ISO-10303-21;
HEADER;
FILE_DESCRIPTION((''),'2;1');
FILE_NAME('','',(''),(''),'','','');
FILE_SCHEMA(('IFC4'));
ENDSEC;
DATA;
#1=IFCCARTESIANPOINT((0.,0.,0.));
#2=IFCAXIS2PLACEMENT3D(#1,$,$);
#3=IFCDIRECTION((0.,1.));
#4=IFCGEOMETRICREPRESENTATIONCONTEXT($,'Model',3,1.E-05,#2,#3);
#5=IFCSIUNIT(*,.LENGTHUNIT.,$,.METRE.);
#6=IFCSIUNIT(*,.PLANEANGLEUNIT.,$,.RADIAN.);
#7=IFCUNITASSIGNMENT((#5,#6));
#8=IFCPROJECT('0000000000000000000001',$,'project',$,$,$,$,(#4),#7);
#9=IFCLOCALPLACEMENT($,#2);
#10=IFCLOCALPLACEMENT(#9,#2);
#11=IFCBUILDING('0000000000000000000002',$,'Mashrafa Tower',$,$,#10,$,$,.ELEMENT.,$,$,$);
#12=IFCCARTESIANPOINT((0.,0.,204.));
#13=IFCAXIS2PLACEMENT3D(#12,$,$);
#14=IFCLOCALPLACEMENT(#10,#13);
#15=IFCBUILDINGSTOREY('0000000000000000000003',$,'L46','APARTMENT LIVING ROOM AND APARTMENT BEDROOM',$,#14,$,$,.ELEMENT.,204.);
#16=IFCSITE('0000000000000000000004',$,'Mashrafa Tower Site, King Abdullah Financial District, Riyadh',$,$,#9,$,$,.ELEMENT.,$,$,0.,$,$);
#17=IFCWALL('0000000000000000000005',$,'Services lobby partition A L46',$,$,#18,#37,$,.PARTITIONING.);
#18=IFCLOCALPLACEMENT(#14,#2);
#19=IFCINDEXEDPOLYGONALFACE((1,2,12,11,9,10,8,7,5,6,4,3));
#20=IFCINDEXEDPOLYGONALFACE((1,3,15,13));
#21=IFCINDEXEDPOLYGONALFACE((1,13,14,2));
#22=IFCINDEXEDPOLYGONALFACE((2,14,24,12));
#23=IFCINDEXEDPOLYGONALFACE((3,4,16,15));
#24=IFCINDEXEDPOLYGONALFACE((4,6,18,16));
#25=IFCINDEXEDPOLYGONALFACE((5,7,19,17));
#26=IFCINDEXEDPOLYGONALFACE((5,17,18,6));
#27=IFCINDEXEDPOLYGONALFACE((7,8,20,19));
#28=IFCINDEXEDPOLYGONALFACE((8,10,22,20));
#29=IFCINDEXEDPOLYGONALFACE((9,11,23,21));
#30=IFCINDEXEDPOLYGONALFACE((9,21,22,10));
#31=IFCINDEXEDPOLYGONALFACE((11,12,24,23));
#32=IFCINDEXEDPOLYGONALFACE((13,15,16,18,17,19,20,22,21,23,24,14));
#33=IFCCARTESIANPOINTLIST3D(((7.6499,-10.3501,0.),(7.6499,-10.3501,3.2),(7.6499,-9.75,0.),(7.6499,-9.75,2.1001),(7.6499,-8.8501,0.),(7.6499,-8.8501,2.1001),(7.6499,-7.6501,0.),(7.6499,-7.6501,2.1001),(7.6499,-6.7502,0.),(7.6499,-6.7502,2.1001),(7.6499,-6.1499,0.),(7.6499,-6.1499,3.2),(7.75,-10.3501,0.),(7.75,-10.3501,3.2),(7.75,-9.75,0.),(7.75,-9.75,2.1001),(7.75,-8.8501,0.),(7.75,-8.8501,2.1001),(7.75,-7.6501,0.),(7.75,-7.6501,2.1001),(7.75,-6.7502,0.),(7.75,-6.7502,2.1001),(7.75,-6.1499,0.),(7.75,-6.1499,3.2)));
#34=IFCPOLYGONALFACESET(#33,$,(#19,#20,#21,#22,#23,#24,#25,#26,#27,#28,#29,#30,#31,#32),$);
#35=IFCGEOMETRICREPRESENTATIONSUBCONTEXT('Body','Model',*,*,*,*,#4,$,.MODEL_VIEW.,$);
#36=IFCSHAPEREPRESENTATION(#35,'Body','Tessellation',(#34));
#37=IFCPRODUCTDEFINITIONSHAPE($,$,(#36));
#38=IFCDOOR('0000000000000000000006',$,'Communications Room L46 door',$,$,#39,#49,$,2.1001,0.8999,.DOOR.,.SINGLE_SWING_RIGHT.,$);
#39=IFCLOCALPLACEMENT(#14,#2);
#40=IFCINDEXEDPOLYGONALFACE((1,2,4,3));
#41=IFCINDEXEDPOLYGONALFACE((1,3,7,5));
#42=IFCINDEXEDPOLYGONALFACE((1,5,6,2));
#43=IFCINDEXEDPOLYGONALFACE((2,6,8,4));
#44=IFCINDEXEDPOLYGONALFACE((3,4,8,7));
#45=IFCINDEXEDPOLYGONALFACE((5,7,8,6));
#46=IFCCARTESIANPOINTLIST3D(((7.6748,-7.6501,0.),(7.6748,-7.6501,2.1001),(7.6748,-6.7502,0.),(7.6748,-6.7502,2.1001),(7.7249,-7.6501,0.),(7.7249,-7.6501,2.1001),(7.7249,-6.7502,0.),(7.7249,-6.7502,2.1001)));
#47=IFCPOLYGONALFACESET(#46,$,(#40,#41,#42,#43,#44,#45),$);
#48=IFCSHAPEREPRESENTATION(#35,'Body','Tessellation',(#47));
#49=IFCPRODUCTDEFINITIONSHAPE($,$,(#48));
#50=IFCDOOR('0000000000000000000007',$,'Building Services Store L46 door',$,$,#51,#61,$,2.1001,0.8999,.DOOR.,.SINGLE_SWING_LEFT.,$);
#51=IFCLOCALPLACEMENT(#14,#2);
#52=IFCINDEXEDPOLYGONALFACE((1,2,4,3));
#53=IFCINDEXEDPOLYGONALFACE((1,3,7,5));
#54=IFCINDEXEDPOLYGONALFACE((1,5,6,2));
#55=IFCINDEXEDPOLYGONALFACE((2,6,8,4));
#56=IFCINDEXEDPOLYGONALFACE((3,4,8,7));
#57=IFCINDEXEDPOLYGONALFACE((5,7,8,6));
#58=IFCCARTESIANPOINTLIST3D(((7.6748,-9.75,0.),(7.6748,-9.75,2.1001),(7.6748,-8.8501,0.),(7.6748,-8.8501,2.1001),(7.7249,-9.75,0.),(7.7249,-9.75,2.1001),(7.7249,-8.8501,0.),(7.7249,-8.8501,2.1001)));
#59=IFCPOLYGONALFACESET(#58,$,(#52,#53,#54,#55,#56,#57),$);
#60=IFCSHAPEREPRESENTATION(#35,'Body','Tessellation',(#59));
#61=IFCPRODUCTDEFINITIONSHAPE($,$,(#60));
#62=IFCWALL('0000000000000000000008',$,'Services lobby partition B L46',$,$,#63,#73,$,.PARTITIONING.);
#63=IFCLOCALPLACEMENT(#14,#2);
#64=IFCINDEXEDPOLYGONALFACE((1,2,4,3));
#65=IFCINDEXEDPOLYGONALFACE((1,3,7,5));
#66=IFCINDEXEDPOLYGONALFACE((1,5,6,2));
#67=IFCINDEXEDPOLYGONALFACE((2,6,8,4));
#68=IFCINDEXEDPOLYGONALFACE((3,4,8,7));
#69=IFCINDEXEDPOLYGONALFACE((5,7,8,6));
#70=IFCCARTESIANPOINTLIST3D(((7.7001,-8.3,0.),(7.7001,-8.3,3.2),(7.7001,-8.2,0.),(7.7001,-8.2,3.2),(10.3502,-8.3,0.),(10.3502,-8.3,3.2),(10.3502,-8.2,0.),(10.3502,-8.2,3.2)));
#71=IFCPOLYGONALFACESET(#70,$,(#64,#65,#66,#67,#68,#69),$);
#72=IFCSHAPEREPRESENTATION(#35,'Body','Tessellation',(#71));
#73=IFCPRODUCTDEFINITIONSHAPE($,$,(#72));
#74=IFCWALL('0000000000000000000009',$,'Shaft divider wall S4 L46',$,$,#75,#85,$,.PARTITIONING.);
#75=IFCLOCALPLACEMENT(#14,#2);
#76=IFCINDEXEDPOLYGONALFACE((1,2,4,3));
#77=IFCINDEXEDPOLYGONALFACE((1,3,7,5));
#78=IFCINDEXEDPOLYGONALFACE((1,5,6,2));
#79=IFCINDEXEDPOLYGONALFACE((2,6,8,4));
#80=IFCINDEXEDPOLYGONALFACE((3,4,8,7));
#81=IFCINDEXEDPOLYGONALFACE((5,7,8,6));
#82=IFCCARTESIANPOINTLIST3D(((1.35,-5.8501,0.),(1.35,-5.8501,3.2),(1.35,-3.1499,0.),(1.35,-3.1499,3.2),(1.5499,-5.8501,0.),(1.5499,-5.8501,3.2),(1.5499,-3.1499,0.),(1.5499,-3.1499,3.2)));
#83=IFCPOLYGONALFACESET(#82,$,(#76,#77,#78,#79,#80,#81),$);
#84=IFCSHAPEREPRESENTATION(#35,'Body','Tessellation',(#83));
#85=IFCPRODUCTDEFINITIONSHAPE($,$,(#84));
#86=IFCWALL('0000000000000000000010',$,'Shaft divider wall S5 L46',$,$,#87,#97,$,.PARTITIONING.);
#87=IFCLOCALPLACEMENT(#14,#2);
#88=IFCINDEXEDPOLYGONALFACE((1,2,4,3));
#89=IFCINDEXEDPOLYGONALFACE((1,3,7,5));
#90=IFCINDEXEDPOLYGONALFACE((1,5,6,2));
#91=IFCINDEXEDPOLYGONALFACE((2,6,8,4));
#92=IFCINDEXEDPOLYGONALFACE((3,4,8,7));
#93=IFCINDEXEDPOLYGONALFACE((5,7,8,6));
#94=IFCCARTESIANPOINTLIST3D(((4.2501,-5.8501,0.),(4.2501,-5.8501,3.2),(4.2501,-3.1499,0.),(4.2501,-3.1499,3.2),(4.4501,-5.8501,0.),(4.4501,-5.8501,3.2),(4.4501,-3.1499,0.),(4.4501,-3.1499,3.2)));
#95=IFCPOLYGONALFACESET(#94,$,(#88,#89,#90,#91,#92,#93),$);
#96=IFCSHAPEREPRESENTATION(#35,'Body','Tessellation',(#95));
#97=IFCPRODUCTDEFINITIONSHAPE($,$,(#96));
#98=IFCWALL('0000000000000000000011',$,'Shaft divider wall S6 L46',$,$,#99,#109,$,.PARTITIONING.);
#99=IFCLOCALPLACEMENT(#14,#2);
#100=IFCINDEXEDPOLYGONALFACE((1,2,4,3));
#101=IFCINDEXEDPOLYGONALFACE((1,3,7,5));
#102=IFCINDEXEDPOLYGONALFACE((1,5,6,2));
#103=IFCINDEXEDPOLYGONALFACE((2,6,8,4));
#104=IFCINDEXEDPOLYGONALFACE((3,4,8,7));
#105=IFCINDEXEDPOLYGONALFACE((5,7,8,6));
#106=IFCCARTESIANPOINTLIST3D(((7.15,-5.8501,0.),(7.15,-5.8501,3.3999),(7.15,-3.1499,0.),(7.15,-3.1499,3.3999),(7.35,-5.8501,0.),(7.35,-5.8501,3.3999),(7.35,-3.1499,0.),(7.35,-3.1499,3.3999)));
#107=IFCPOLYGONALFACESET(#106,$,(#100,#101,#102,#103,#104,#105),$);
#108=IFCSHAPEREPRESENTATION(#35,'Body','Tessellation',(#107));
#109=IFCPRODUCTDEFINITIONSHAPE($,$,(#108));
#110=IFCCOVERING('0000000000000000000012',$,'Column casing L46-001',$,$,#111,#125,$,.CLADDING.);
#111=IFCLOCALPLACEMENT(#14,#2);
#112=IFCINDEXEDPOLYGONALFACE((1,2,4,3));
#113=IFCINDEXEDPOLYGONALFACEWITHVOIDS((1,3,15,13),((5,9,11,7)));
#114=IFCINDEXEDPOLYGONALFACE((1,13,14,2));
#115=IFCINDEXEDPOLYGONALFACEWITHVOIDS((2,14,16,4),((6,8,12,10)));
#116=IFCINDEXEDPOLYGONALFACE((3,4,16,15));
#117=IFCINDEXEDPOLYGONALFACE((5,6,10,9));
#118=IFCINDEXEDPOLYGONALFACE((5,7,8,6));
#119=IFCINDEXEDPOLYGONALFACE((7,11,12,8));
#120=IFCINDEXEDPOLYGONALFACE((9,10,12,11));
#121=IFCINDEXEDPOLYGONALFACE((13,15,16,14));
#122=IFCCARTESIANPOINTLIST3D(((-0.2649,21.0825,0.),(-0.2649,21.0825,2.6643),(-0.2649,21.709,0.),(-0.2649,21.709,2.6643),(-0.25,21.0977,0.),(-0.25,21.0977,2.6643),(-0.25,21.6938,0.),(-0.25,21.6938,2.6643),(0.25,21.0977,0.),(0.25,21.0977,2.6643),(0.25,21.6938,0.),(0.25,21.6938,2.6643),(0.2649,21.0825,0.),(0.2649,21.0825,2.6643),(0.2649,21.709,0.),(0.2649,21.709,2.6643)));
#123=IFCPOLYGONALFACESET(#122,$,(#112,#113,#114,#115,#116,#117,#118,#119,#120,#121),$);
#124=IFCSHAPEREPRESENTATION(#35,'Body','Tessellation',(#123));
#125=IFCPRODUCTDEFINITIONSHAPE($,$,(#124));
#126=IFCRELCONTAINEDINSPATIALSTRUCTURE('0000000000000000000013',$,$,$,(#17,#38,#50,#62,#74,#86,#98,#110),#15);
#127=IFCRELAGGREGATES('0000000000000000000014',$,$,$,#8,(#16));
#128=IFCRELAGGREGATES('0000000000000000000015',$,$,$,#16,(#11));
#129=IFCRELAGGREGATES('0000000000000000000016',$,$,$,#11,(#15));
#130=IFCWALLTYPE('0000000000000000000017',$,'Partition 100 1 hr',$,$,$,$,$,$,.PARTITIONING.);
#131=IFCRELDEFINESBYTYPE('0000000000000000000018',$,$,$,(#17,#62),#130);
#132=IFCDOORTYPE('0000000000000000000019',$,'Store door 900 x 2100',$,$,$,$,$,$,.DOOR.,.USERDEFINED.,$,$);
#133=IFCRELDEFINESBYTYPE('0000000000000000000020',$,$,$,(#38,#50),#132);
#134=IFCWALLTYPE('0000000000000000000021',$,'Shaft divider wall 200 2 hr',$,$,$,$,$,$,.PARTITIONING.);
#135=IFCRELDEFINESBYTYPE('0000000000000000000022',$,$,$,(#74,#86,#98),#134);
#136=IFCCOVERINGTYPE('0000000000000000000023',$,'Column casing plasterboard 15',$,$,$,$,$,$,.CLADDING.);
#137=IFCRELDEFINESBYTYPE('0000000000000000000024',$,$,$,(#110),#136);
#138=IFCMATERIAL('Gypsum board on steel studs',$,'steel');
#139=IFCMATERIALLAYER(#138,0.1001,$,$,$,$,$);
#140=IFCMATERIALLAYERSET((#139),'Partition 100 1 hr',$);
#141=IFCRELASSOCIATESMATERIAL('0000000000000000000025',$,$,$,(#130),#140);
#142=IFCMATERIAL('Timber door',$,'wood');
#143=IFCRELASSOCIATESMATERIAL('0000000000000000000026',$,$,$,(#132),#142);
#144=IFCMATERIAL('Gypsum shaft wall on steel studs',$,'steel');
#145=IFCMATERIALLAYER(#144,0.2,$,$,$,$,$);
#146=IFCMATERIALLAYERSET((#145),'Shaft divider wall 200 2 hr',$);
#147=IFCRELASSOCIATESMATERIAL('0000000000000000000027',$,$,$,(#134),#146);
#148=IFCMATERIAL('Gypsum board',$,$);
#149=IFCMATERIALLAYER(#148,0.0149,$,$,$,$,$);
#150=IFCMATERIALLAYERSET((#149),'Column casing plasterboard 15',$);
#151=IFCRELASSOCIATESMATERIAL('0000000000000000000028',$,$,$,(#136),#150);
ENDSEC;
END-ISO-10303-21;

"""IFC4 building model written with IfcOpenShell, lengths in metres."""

from ifc_helpers import new_model, si_unit, direction, frame, frame_2d, origin, place, context, subcontext, project, spatial, polyline, rectangle, outline, extrude, material, layer, layer_set, type_object, element, fill, save


model = new_model("IFC4")

# Units and contexts
model_context = context("Model", 3, precision=1e-05, world=origin(), true_north=direction((0.0, 1.0)))
body_context = subcontext(model_context, "Body", "Model", "MODEL_VIEW")
ifc_project = project(units=[si_unit("LENGTHUNIT", "METRE"), si_unit("PLANEANGLEUNIT", "RADIAN")], contexts=[model_context])

# Site, building, storey
site_placement = place(None, origin())
site = spatial("IfcSite", under=ifc_project, at=site_placement, Name="Mashrafa Tower Site, King Abdullah Financial District, Riyadh", CompositionType="ELEMENT", RefElevation=0.0)
building_placement = place(site_placement, origin())
building = spatial("IfcBuilding", under=site, at=building_placement, Name="Mashrafa Tower", CompositionType="ELEMENT")
storey_placement = place(building_placement, frame((0.0, 0.0, 204.0)))
storey = spatial("IfcBuildingStorey", under=building, at=storey_placement, Name="L46", Description="APARTMENT LIVING ROOM AND APARTMENT BEDROOM", CompositionType="ELEMENT", Elevation=204.0)

# Wall, openings, doors
ifc_material_1 = material(Name="Gypsum board on steel studs", Category="steel")
ifc_layer_1 = layer(ifc_material_1, 0.1001)
ifc_layer_set_1 = layer_set([ifc_layer_1], Name="Partition 100 1 hr")
wall_type_1 = type_object("IfcWallType", Name="Partition 100 1 hr", PredefinedType="PARTITIONING", material=ifc_layer_set_1)
wall_1_placement = place(storey_placement, frame((7.7, -10.3501, 0.0), z_axis=(0.0, 0.0, 1.0), x_axis=(0.0, 1.0, 0.0)))
wall_1 = element("IfcWall", 1, at=wall_1_placement, inside=storey, type_object=wall_type_1, Name="Services lobby partition A L46", PredefinedType="PARTITIONING", context=body_context, shape_type="SweptSolid", body=[
    extrude(rectangle(XDim=4.2002, YDim=0.1001, at=frame_2d((2.1001, 0.0))), origin(), (0.0, 0.0, 1.0), 3.2),
])
opening_1_placement = place(wall_1_placement, frame((2.7, 0.0, 0.0)))
opening_1 = element("IfcOpeningElement", 2, at=opening_1_placement, cuts=wall_1, PredefinedType="OPENING", context=body_context, shape_type="SweptSolid", body=[
    extrude(rectangle(XDim=0.8999, YDim=2.1001, at=frame_2d((0.45, 1.05))), frame((0.0, 0.0601, 0.0), z_axis=(0.0, -1.0, 0.0), x_axis=(1.0, 0.0, 0.0)), (0.0, 0.0, 1.0), 0.1201),
])
opening_2_placement = place(wall_1_placement, frame((0.6001, 0.0, 0.0)))
opening_2 = element("IfcOpeningElement", 3, at=opening_2_placement, cuts=wall_1, PredefinedType="OPENING", context=body_context, shape_type="SweptSolid", body=[
    extrude(rectangle(XDim=0.8999, YDim=2.1001, at=frame_2d((0.45, 1.05))), frame((0.0, 0.0601, 0.0), z_axis=(0.0, -1.0, 0.0), x_axis=(1.0, 0.0, 0.0)), (0.0, 0.0, 1.0), 0.1201),
])
ifc_material_2 = material(Name="Timber door", Category="wood")
door_type = type_object("IfcDoorType", Name="Store door 900 x 2100", OperationType="USERDEFINED", PredefinedType="DOOR", material=ifc_material_2)
door_1_placement = place(opening_1_placement, frame((0.8999, 0.0, 0.0), z_axis=(0.0, 0.0, 1.0), x_axis=(-1.0, 0.0, 0.0)))
door_1 = element("IfcDoor", 4, at=door_1_placement, inside=storey, type_object=door_type, Name="Communications Room L46 door", OperationType="SINGLE_SWING_RIGHT", OverallHeight=2.1001, OverallWidth=0.8999, PredefinedType="DOOR", context=body_context, shape_type="SweptSolid", body=[
    extrude(rectangle(XDim=0.8999, YDim=2.1001, at=frame_2d((0.45, 1.05))), frame((0.0, 0.0249, 0.0), z_axis=(0.0, -1.0, 0.0), x_axis=(1.0, 0.0, 0.0)), (0.0, 0.0, 1.0), 0.05),
])
fill(opening_1, door_1)
door_2_placement = place(opening_2_placement, frame((0.8999, 0.0, 0.0), z_axis=(0.0, 0.0, 1.0), x_axis=(-1.0, 0.0, 0.0)))
door_2 = element("IfcDoor", 5, at=door_2_placement, inside=storey, type_object=door_type, Name="Building Services Store L46 door", OperationType="SINGLE_SWING_LEFT", OverallHeight=2.1001, OverallWidth=0.8999, PredefinedType="DOOR", context=body_context, shape_type="SweptSolid", body=[
    extrude(rectangle(XDim=0.8999, YDim=2.1001, at=frame_2d((0.45, 1.05))), frame((0.0, 0.0249, 0.0), z_axis=(0.0, -1.0, 0.0), x_axis=(1.0, 0.0, 0.0)), (0.0, 0.0, 1.0), 0.05),
])
fill(opening_2, door_2)

# Walls
wall_2_placement = place(storey_placement, frame((7.7, -8.25, 0.0), z_axis=(0.0, 0.0, 1.0), x_axis=(1.0, 0.0, 0.0)))
element("IfcWall", 6, at=wall_2_placement, inside=storey, type_object=wall_type_1, Name="Services lobby partition B L46", PredefinedType="PARTITIONING", context=body_context, shape_type="SweptSolid", body=[
    extrude(rectangle(XDim=2.6501, YDim=0.1001, at=frame_2d((1.3252, 0.0))), origin(), (0.0, 0.0, 1.0), 3.2),
])
ifc_material_3 = material(Name="Gypsum shaft wall on steel studs", Category="steel")
ifc_layer_2 = layer(ifc_material_3, 0.2)
ifc_layer_set_2 = layer_set([ifc_layer_2], Name="Shaft divider wall 200 2 hr")
wall_type_2 = type_object("IfcWallType", Name="Shaft divider wall 200 2 hr", PredefinedType="PARTITIONING", material=ifc_layer_set_2)
for number, where, z_axis, x_axis, name in (
    (7, (1.45, -5.8501, 0.0), (0.0, 0.0, 1.0), (0.0, 1.0, 0.0), "Shaft divider wall S4 L46"),
    (8, (4.3501, -5.8501, 0.0), (0.0, 0.0, 1.0), (0.0, 1.0, 0.0), "Shaft divider wall S5 L46"),
):
    element("IfcWall", number, at=place(storey_placement, frame(where, z_axis=z_axis, x_axis=x_axis)), inside=storey, type_object=wall_type_2, Name=name, PredefinedType="PARTITIONING", context=body_context, shape_type="SweptSolid", body=[
        extrude(rectangle(XDim=2.7002, YDim=0.2, at=frame_2d((1.3501, 0.0))), origin(), (0.0, 0.0, 1.0), 3.2),
    ])
wall_3_placement = place(storey_placement, frame((7.25, -5.8501, 0.0), z_axis=(0.0, 0.0, 1.0), x_axis=(0.0, 1.0, 0.0)))
element("IfcWall", 9, at=wall_3_placement, inside=storey, type_object=wall_type_2, Name="Shaft divider wall S6 L46", PredefinedType="PARTITIONING", context=body_context, shape_type="SweptSolid", body=[
    extrude(rectangle(XDim=2.7002, YDim=0.2, at=frame_2d((1.3501, 0.0))), origin(), (0.0, 0.0, 1.0), 3.3999),
])

# Covering
ifc_material_4 = material(Name="Gypsum board")
ifc_layer_3 = layer(ifc_material_4, 0.0149)
ifc_layer_set_3 = layer_set([ifc_layer_3], Name="Column casing plasterboard 15")
covering_type = type_object("IfcCoveringType", Name="Column casing plasterboard 15", PredefinedType="CLADDING", material=ifc_layer_set_3)
covering_placement = place(storey_placement, origin())
element("IfcCovering", 10, at=covering_placement, inside=storey, type_object=covering_type, Name="Column casing L46-001", PredefinedType="CLADDING", context=body_context, shape_type="SweptSolid", body=[
    extrude(outline(polyline([(-0.2649, 21.709), (0.2649, 21.709), (0.2649, 21.0825), (-0.2649, 21.0825), (-0.2649, 21.709)]), holes=[polyline([(0.25, 21.0977), (0.25, 21.6938), (-0.25, 21.6938), (-0.25, 21.0977), (0.25, 21.0977)])]), origin(), (0.0, 0.0, 1.0), 2.6643),
])

save(model, "model.ifc")
